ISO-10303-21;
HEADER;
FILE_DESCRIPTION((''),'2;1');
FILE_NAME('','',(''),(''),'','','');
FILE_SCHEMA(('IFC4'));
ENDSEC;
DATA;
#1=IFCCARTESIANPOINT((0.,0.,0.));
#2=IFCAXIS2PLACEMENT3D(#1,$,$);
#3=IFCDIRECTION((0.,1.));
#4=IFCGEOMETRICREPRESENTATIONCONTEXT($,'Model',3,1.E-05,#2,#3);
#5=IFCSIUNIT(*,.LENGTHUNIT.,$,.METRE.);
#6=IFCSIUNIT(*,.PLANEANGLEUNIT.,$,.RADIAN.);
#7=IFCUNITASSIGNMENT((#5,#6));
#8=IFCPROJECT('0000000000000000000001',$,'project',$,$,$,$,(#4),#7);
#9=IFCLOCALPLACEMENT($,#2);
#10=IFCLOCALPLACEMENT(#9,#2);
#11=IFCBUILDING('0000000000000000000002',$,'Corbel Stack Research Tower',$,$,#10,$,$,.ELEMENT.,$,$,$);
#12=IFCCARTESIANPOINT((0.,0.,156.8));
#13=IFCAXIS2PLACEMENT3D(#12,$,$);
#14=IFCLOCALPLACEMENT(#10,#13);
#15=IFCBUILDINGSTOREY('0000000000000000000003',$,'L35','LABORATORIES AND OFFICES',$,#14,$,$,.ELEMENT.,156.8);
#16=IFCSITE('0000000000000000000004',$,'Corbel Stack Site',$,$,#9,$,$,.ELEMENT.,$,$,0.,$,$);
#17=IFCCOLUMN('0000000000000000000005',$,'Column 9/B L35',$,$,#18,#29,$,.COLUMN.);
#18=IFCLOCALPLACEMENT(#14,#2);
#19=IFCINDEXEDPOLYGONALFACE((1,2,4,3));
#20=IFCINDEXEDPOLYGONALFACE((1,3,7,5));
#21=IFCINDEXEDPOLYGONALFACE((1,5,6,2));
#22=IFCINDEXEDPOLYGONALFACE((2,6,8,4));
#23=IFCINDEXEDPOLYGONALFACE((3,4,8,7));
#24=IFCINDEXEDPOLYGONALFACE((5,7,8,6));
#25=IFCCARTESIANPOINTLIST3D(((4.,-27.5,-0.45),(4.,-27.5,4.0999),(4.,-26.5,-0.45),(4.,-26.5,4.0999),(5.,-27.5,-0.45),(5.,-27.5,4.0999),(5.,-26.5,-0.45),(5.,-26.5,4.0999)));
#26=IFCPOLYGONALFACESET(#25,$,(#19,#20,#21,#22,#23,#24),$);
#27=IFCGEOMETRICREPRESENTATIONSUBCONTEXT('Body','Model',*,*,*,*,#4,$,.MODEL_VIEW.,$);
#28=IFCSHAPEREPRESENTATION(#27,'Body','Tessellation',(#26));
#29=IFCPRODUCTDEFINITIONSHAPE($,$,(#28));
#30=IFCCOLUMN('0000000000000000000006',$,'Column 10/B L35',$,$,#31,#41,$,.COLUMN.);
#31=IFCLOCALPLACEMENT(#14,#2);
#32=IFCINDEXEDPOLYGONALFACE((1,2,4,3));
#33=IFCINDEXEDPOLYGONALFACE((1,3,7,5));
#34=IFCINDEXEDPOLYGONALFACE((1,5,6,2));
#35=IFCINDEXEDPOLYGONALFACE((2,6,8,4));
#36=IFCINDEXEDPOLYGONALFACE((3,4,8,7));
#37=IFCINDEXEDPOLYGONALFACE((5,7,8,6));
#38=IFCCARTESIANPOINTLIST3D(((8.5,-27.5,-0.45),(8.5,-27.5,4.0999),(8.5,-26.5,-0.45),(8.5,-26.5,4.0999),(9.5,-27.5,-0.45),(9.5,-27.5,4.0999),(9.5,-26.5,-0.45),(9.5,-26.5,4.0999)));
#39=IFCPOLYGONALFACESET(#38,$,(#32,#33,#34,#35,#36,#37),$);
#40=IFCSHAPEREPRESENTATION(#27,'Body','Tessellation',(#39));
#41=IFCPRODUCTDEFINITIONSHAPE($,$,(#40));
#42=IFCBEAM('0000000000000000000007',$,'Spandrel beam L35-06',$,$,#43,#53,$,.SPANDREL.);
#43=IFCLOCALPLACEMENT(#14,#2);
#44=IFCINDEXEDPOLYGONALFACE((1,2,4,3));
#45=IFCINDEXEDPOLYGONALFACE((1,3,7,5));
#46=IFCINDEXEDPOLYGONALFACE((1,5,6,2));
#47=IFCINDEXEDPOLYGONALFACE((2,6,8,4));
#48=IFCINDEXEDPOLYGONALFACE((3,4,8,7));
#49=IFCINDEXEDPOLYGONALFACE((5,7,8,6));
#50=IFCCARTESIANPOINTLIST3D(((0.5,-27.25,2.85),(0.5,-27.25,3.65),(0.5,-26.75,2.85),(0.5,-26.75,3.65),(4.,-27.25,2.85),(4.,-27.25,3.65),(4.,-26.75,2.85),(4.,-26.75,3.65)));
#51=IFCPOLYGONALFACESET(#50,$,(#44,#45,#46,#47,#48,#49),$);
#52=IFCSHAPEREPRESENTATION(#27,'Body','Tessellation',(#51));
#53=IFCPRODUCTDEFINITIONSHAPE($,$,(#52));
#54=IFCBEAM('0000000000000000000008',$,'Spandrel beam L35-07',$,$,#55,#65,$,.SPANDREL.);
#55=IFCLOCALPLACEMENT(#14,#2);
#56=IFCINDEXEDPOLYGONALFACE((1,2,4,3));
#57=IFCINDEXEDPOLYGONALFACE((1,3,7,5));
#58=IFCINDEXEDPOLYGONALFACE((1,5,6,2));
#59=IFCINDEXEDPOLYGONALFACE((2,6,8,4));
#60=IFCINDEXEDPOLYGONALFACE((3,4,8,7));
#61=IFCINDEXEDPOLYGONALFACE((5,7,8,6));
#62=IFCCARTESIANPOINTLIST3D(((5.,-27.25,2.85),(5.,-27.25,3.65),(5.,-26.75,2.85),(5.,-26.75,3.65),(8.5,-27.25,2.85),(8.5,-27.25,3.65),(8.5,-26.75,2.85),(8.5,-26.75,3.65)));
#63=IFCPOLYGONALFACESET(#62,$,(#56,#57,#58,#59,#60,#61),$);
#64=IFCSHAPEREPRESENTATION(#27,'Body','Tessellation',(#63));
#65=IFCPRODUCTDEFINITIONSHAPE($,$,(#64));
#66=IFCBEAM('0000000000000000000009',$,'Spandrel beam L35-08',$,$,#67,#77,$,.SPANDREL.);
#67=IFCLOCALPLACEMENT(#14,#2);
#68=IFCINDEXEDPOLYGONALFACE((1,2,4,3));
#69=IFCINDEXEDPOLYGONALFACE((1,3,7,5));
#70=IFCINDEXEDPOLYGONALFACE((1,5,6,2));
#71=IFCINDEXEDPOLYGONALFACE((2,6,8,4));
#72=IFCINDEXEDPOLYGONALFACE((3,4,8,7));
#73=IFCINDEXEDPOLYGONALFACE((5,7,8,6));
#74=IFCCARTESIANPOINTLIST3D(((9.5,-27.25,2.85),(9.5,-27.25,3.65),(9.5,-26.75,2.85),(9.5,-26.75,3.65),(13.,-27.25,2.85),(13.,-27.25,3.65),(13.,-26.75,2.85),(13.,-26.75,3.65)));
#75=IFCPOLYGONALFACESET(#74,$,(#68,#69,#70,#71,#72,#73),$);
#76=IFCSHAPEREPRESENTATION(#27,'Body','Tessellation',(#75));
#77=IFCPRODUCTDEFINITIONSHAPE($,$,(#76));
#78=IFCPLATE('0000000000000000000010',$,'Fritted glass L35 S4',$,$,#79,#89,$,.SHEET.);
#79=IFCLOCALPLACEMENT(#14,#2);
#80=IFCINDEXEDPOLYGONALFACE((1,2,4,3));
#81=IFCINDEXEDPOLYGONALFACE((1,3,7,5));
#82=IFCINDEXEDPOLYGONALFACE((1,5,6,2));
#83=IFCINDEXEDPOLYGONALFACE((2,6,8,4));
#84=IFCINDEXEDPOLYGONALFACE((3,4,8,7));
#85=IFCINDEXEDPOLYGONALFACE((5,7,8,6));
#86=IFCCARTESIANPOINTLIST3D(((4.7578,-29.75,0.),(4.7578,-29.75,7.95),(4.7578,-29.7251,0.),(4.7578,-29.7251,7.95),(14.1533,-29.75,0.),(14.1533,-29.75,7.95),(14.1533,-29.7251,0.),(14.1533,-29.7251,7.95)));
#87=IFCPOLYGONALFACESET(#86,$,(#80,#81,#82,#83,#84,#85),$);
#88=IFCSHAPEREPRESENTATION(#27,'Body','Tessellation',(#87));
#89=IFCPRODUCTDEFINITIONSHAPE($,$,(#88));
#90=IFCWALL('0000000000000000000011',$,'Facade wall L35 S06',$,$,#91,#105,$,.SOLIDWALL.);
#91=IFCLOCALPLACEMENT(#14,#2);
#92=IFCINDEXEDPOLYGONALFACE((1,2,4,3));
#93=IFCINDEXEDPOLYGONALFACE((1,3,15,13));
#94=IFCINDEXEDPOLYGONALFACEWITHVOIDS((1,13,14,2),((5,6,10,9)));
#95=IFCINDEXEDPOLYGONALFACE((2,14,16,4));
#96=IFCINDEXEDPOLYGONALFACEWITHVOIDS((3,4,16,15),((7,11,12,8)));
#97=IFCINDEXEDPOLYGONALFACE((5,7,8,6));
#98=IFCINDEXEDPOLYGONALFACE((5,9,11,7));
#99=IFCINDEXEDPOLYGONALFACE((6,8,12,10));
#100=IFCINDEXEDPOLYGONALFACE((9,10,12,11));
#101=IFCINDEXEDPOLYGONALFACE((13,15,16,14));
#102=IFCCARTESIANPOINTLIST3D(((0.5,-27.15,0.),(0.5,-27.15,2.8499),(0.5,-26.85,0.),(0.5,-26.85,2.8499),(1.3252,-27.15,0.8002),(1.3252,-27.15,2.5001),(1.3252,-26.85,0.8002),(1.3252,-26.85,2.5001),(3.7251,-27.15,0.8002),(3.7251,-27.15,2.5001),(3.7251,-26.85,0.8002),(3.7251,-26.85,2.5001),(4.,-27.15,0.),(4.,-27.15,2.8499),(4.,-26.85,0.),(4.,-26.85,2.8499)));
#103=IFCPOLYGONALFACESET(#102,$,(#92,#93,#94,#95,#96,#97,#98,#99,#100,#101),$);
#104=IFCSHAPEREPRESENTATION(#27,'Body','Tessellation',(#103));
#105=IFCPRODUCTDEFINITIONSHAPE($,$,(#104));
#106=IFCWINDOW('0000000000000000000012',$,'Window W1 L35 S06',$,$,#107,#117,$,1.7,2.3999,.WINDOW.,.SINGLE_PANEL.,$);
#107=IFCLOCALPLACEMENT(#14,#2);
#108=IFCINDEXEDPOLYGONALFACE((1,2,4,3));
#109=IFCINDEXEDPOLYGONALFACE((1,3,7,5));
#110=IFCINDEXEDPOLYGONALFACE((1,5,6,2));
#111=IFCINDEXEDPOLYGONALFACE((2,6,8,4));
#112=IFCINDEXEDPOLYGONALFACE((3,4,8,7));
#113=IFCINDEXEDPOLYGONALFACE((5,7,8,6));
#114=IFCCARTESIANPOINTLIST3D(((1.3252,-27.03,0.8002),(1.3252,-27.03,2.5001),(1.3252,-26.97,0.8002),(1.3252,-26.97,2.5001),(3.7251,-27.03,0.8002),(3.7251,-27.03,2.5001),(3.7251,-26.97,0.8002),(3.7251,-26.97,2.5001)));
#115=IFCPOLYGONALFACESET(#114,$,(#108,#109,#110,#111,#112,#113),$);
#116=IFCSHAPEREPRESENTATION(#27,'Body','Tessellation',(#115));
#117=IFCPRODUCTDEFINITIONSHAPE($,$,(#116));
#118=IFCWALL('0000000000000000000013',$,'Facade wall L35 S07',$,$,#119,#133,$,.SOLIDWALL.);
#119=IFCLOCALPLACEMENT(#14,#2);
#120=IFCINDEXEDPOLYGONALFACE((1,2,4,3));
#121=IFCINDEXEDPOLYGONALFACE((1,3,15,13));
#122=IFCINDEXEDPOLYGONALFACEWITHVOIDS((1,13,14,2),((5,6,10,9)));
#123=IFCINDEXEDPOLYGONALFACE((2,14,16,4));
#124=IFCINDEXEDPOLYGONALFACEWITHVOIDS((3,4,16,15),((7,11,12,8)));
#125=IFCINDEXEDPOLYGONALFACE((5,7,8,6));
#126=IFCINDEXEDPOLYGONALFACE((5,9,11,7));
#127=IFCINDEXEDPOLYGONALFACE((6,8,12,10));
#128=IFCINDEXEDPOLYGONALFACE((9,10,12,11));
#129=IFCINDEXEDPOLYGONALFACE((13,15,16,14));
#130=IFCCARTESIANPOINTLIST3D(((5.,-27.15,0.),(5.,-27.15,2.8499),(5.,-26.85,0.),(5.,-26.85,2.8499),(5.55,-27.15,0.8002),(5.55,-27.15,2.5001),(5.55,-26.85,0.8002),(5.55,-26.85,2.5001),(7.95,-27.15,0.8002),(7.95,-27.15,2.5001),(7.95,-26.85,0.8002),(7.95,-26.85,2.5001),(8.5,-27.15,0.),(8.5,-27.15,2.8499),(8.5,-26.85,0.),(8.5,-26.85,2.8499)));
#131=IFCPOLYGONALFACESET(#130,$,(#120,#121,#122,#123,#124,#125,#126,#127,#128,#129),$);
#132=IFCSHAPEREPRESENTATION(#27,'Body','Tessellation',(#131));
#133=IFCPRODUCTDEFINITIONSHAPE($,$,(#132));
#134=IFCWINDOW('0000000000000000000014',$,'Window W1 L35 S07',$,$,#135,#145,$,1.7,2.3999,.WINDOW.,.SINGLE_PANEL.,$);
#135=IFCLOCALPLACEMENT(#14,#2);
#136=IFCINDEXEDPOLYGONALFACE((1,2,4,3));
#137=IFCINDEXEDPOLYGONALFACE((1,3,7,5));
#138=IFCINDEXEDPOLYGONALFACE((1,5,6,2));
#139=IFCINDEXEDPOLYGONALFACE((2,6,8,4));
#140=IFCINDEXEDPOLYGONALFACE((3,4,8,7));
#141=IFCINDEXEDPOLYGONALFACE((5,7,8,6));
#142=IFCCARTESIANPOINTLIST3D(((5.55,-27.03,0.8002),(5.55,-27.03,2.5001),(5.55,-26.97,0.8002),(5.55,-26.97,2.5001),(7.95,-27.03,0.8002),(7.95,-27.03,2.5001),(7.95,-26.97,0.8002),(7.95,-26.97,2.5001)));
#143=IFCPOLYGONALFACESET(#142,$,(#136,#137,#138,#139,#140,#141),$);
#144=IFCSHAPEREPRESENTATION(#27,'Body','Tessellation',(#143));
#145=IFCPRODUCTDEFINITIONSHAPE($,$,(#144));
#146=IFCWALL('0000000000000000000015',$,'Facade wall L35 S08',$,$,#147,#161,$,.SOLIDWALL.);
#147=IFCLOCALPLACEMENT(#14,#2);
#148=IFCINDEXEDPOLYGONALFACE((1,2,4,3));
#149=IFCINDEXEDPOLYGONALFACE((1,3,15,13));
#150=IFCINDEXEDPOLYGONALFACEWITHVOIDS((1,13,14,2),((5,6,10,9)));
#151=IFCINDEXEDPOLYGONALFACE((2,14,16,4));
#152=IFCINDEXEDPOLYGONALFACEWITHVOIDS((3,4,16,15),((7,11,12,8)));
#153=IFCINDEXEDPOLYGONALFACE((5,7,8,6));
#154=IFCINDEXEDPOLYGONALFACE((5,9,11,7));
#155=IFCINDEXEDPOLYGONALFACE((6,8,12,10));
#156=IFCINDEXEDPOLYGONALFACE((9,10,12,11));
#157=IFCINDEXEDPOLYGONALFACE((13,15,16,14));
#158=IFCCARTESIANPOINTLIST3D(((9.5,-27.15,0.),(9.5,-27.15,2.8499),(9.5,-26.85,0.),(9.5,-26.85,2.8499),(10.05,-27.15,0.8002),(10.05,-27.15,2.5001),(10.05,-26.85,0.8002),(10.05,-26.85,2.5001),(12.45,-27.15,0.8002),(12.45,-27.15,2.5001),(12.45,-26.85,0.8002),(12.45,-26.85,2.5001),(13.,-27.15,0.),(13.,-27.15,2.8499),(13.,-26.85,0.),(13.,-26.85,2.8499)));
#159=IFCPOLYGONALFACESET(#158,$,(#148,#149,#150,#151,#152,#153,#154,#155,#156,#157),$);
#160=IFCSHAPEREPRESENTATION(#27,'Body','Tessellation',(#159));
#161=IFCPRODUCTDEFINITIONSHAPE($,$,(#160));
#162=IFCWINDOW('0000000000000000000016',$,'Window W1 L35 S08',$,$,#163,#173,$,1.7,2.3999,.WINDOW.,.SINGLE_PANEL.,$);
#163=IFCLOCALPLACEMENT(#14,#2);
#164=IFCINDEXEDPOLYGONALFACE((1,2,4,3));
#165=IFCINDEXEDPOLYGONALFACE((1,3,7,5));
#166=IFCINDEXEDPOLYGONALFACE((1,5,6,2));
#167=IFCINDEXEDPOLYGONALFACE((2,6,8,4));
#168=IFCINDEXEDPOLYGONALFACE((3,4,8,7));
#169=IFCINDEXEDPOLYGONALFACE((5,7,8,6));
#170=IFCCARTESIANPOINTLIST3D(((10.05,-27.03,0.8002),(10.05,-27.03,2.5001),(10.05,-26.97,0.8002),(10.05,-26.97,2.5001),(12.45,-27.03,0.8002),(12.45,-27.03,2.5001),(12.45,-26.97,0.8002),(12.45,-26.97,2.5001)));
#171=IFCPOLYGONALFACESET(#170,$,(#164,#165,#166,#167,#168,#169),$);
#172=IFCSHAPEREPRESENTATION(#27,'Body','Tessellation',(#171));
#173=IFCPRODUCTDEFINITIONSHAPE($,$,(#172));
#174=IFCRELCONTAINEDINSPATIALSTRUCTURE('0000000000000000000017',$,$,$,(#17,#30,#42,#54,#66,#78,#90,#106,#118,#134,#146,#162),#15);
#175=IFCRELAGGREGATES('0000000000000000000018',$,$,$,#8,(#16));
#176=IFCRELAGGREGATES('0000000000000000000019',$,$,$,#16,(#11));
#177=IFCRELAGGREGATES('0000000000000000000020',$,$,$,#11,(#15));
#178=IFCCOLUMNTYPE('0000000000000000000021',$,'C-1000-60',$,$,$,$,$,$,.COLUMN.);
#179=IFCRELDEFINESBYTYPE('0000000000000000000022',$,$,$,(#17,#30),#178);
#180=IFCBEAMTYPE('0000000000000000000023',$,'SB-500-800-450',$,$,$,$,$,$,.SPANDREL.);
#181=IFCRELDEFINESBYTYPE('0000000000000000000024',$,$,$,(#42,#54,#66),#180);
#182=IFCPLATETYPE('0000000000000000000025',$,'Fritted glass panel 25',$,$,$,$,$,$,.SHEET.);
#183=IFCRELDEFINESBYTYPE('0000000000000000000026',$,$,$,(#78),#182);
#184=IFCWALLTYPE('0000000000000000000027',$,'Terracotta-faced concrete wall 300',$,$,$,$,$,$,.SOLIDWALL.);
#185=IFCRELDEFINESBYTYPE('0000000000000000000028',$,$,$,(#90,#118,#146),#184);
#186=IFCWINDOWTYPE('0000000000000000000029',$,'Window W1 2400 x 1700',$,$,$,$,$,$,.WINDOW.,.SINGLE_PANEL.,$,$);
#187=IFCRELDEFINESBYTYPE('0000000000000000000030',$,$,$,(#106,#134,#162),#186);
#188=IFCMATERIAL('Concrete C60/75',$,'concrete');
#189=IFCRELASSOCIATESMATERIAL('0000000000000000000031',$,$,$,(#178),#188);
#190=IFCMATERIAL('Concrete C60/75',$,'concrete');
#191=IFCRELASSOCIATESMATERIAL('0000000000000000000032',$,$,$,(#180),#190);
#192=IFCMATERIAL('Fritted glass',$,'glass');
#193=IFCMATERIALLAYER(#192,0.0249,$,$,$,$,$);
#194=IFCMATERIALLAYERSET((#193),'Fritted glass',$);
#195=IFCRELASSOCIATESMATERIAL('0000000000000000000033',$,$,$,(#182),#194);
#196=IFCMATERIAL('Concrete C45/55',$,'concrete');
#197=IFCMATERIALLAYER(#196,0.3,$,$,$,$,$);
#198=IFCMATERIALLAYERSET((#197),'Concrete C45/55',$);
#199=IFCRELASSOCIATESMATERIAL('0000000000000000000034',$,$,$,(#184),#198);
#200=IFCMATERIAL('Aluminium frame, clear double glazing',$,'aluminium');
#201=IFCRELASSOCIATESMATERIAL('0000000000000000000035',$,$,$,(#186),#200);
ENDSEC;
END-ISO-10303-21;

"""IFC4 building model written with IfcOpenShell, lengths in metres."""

from ifc_helpers import new_model, si_unit, direction, frame, frame_2d, origin, origin_2d, place, context, subcontext, project, spatial, rectangle, extrude, material, layer, layer_set, material_profile, profile_set, type_object, element, fill, save


model = new_model("IFC4")

# Units and contexts
model_context = context("Model", 3, precision=1e-05, world=origin(), true_north=direction((0.0, 1.0)))
body_context = subcontext(model_context, "Body", "Model", "MODEL_VIEW")
ifc_project = project(units=[si_unit("LENGTHUNIT", "METRE"), si_unit("PLANEANGLEUNIT", "RADIAN")], contexts=[model_context])

# Site, building, storey
site_placement = place(None, origin())
site = spatial("IfcSite", under=ifc_project, at=site_placement, Name="Corbel Stack Site", CompositionType="ELEMENT", RefElevation=0.0)
building_placement = place(site_placement, origin())
building = spatial("IfcBuilding", under=site, at=building_placement, Name="Corbel Stack Research Tower", CompositionType="ELEMENT")
storey_placement = place(building_placement, frame((0.0, 0.0, 156.8)))
storey = spatial("IfcBuildingStorey", under=building, at=storey_placement, Name="L35", Description="LABORATORIES AND OFFICES", CompositionType="ELEMENT", Elevation=156.8)

# Columns
ifc_material_1 = material(Name="Concrete C60/75", Category="concrete")
ifc_material_profile_1 = material_profile(ifc_material_1, rectangle(XDim=1.0, YDim=1.0, at=origin_2d()), Name="RC 1000 x 1000")
ifc_profile_set_1 = profile_set([ifc_material_profile_1], Name="Concrete C60/75")
column_type = type_object("IfcColumnType", Name="C-1000-60", PredefinedType="COLUMN", material=ifc_profile_set_1)
for number, where, z_axis, x_axis, name in (
    (1, (4.5, -27.0, -0.45), (0.0, 0.0, 1.0), (1.0, 0.0, 0.0), "Column 9/B L35"),
    (2, (9.0, -27.0, -0.45), (0.0, 0.0, 1.0), (1.0, 0.0, 0.0), "Column 10/B L35"),
):
    element("IfcColumn", number, at=place(storey_placement, frame(where, z_axis=z_axis, x_axis=x_axis)), inside=storey, type_object=column_type, Name=name, PredefinedType="COLUMN", context=body_context, shape_type="SweptSolid", body=[
        extrude(rectangle(XDim=1.0, YDim=1.0, at=origin_2d()), origin(), (0.0, 0.0, 1.0), 4.5498),
    ])

# Beams
ifc_material_2 = material(Name="Concrete C60/75", Category="concrete")
ifc_material_profile_2 = material_profile(ifc_material_2, rectangle(XDim=0.5, YDim=0.8, at=origin_2d()), Name="RC 500 x 800")
ifc_profile_set_2 = profile_set([ifc_material_profile_2], Name="Concrete C60/75")
beam_type = type_object("IfcBeamType", Name="SB-500-800-450", PredefinedType="SPANDREL", material=ifc_profile_set_2)
for number, where, z_axis, x_axis, name in (
    (3, (0.5, -27.0, 3.25), (1.0, 0.0, 0.0), (0.0, 1.0, 0.0), "Spandrel beam L35-06"),
    (4, (5.0, -27.0, 3.25), (1.0, 0.0, 0.0), (0.0, 1.0, 0.0), "Spandrel beam L35-07"),
    (5, (9.5, -27.0, 3.25), (1.0, 0.0, 0.0), (0.0, 1.0, 0.0), "Spandrel beam L35-08"),
):
    element("IfcBeam", number, at=place(storey_placement, frame(where, z_axis=z_axis, x_axis=x_axis)), inside=storey, type_object=beam_type, Name=name, PredefinedType="SPANDREL", context=body_context, shape_type="SweptSolid", body=[
        extrude(rectangle(XDim=0.5, YDim=0.8, at=origin_2d()), origin(), (0.0, 0.0, 1.0), 3.5),
    ])

# Plate
ifc_material_3 = material(Name="Fritted glass", Category="glass")
ifc_layer_1 = layer(ifc_material_3, 0.0249)
ifc_layer_set_1 = layer_set([ifc_layer_1], Name="Fritted glass")
plate_type = type_object("IfcPlateType", Name="Fritted glass panel 25", PredefinedType="SHEET", material=ifc_layer_set_1)
plate_placement = place(storey_placement, frame((9.4556, -29.7375, 0.0), z_axis=(0.0, 0.0, 1.0), x_axis=(1.0, 0.0, 0.0)))
element("IfcPlate", 6, at=plate_placement, inside=storey, type_object=plate_type, Name="Fritted glass L35 S4", PredefinedType="SHEET", context=body_context, shape_type="SweptSolid", body=[
    extrude(rectangle(XDim=9.3955, YDim=0.0249, at=origin_2d()), origin(), (0.0, 0.0, 1.0), 7.95),
])

# Walls, openings, windows
ifc_material_4 = material(Name="Concrete C45/55", Category="concrete")
ifc_layer_2 = layer(ifc_material_4, 0.3)
ifc_layer_set_2 = layer_set([ifc_layer_2], Name="Concrete C45/55")
wall_type = type_object("IfcWallType", Name="Terracotta-faced concrete wall 300", PredefinedType="SOLIDWALL", material=ifc_layer_set_2)
wall_1_placement = place(storey_placement, frame((4.0, -27.0, 0.0), z_axis=(0.0, 0.0, 1.0), x_axis=(-1.0, 0.0, 0.0)))
wall_1 = element("IfcWall", 7, at=wall_1_placement, inside=storey, type_object=wall_type, Name="Facade wall L35 S06", PredefinedType="SOLIDWALL", context=body_context, shape_type="SweptSolid", body=[
    extrude(rectangle(XDim=3.5, YDim=0.3, at=frame_2d((1.75, 0.0))), origin(), (0.0, 0.0, 1.0), 2.8499),
])
opening_1_placement = place(wall_1_placement, frame((0.2749, 0.0, 0.8)))
opening_1 = element("IfcOpeningElement", 8, at=opening_1_placement, cuts=wall_1, PredefinedType="OPENING", context=body_context, shape_type="SweptSolid", body=[
    extrude(rectangle(XDim=2.3999, YDim=1.7, at=frame_2d((1.2, 0.8501))), frame((0.0, 0.1599, 0.0), z_axis=(0.0, -1.0, 0.0), x_axis=(1.0, 0.0, 0.0)), (0.0, 0.0, 1.0), 0.3201),
])
ifc_material_5 = material(Name="Aluminium frame, clear double glazing", Category="aluminium")
window_type = type_object("IfcWindowType", Name="Window W1 2400 x 1700", PartitioningType="SINGLE_PANEL", PredefinedType="WINDOW", material=ifc_material_5)
window_1_placement = place(opening_1_placement, origin())
window_1 = element("IfcWindow", 9, at=window_1_placement, inside=storey, type_object=window_type, Name="Window W1 L35 S06", OverallHeight=1.7, OverallWidth=2.3999, PartitioningType="SINGLE_PANEL", PredefinedType="WINDOW", context=body_context, shape_type="SweptSolid", body=[
    extrude(rectangle(XDim=2.3999, YDim=1.7, at=frame_2d((1.2, 0.8501))), frame((0.0, 0.03, 0.0), z_axis=(0.0, -1.0, 0.0), x_axis=(1.0, 0.0, 0.0)), (0.0, 0.0, 1.0), 0.0601),
])
fill(opening_1, window_1)
wall_2_placement = place(storey_placement, frame((8.5, -27.0, 0.0), z_axis=(0.0, 0.0, 1.0), x_axis=(-1.0, 0.0, 0.0)))
wall_2 = element("IfcWall", 10, at=wall_2_placement, inside=storey, type_object=wall_type, Name="Facade wall L35 S07", PredefinedType="SOLIDWALL", context=body_context, shape_type="SweptSolid", body=[
    extrude(rectangle(XDim=3.5, YDim=0.3, at=frame_2d((1.75, 0.0))), origin(), (0.0, 0.0, 1.0), 2.8499),
])
opening_2_placement = place(wall_2_placement, frame((0.55, 0.0, 0.8)))
opening_2 = element("IfcOpeningElement", 11, at=opening_2_placement, cuts=wall_2, PredefinedType="OPENING", context=body_context, shape_type="SweptSolid", body=[
    extrude(rectangle(XDim=2.3999, YDim=1.7, at=frame_2d((1.2, 0.8501))), frame((0.0, 0.1599, 0.0), z_axis=(0.0, -1.0, 0.0), x_axis=(1.0, 0.0, 0.0)), (0.0, 0.0, 1.0), 0.3201),
])
window_2_placement = place(opening_2_placement, origin())
window_2 = element("IfcWindow", 12, at=window_2_placement, inside=storey, type_object=window_type, Name="Window W1 L35 S07", OverallHeight=1.7, OverallWidth=2.3999, PartitioningType="SINGLE_PANEL", PredefinedType="WINDOW", context=body_context, shape_type="SweptSolid", body=[
    extrude(rectangle(XDim=2.3999, YDim=1.7, at=frame_2d((1.2, 0.8501))), frame((0.0, 0.03, 0.0), z_axis=(0.0, -1.0, 0.0), x_axis=(1.0, 0.0, 0.0)), (0.0, 0.0, 1.0), 0.0601),
])
fill(opening_2, window_2)
wall_3_placement = place(storey_placement, frame((13.0, -27.0, 0.0), z_axis=(0.0, 0.0, 1.0), x_axis=(-1.0, 0.0, 0.0)))
wall_3 = element("IfcWall", 13, at=wall_3_placement, inside=storey, type_object=wall_type, Name="Facade wall L35 S08", PredefinedType="SOLIDWALL", context=body_context, shape_type="SweptSolid", body=[
    extrude(rectangle(XDim=3.5, YDim=0.3, at=frame_2d((1.75, 0.0))), origin(), (0.0, 0.0, 1.0), 2.8499),
])
opening_3_placement = place(wall_3_placement, frame((0.55, 0.0, 0.8)))
opening_3 = element("IfcOpeningElement", 14, at=opening_3_placement, cuts=wall_3, PredefinedType="OPENING", context=body_context, shape_type="SweptSolid", body=[
    extrude(rectangle(XDim=2.3999, YDim=1.7, at=frame_2d((1.2, 0.8501))), frame((0.0, 0.1599, 0.0), z_axis=(0.0, -1.0, 0.0), x_axis=(1.0, 0.0, 0.0)), (0.0, 0.0, 1.0), 0.3201),
])
window_3_placement = place(opening_3_placement, origin())
window_3 = element("IfcWindow", 15, at=window_3_placement, inside=storey, type_object=window_type, Name="Window W1 L35 S08", OverallHeight=1.7, OverallWidth=2.3999, PartitioningType="SINGLE_PANEL", PredefinedType="WINDOW", context=body_context, shape_type="SweptSolid", body=[
    extrude(rectangle(XDim=2.3999, YDim=1.7, at=frame_2d((1.2, 0.8501))), frame((0.0, 0.03, 0.0), z_axis=(0.0, -1.0, 0.0), x_axis=(1.0, 0.0, 0.0)), (0.0, 0.0, 1.0), 0.0601),
])
fill(opening_3, window_3)

save(model, "model.ifc")
